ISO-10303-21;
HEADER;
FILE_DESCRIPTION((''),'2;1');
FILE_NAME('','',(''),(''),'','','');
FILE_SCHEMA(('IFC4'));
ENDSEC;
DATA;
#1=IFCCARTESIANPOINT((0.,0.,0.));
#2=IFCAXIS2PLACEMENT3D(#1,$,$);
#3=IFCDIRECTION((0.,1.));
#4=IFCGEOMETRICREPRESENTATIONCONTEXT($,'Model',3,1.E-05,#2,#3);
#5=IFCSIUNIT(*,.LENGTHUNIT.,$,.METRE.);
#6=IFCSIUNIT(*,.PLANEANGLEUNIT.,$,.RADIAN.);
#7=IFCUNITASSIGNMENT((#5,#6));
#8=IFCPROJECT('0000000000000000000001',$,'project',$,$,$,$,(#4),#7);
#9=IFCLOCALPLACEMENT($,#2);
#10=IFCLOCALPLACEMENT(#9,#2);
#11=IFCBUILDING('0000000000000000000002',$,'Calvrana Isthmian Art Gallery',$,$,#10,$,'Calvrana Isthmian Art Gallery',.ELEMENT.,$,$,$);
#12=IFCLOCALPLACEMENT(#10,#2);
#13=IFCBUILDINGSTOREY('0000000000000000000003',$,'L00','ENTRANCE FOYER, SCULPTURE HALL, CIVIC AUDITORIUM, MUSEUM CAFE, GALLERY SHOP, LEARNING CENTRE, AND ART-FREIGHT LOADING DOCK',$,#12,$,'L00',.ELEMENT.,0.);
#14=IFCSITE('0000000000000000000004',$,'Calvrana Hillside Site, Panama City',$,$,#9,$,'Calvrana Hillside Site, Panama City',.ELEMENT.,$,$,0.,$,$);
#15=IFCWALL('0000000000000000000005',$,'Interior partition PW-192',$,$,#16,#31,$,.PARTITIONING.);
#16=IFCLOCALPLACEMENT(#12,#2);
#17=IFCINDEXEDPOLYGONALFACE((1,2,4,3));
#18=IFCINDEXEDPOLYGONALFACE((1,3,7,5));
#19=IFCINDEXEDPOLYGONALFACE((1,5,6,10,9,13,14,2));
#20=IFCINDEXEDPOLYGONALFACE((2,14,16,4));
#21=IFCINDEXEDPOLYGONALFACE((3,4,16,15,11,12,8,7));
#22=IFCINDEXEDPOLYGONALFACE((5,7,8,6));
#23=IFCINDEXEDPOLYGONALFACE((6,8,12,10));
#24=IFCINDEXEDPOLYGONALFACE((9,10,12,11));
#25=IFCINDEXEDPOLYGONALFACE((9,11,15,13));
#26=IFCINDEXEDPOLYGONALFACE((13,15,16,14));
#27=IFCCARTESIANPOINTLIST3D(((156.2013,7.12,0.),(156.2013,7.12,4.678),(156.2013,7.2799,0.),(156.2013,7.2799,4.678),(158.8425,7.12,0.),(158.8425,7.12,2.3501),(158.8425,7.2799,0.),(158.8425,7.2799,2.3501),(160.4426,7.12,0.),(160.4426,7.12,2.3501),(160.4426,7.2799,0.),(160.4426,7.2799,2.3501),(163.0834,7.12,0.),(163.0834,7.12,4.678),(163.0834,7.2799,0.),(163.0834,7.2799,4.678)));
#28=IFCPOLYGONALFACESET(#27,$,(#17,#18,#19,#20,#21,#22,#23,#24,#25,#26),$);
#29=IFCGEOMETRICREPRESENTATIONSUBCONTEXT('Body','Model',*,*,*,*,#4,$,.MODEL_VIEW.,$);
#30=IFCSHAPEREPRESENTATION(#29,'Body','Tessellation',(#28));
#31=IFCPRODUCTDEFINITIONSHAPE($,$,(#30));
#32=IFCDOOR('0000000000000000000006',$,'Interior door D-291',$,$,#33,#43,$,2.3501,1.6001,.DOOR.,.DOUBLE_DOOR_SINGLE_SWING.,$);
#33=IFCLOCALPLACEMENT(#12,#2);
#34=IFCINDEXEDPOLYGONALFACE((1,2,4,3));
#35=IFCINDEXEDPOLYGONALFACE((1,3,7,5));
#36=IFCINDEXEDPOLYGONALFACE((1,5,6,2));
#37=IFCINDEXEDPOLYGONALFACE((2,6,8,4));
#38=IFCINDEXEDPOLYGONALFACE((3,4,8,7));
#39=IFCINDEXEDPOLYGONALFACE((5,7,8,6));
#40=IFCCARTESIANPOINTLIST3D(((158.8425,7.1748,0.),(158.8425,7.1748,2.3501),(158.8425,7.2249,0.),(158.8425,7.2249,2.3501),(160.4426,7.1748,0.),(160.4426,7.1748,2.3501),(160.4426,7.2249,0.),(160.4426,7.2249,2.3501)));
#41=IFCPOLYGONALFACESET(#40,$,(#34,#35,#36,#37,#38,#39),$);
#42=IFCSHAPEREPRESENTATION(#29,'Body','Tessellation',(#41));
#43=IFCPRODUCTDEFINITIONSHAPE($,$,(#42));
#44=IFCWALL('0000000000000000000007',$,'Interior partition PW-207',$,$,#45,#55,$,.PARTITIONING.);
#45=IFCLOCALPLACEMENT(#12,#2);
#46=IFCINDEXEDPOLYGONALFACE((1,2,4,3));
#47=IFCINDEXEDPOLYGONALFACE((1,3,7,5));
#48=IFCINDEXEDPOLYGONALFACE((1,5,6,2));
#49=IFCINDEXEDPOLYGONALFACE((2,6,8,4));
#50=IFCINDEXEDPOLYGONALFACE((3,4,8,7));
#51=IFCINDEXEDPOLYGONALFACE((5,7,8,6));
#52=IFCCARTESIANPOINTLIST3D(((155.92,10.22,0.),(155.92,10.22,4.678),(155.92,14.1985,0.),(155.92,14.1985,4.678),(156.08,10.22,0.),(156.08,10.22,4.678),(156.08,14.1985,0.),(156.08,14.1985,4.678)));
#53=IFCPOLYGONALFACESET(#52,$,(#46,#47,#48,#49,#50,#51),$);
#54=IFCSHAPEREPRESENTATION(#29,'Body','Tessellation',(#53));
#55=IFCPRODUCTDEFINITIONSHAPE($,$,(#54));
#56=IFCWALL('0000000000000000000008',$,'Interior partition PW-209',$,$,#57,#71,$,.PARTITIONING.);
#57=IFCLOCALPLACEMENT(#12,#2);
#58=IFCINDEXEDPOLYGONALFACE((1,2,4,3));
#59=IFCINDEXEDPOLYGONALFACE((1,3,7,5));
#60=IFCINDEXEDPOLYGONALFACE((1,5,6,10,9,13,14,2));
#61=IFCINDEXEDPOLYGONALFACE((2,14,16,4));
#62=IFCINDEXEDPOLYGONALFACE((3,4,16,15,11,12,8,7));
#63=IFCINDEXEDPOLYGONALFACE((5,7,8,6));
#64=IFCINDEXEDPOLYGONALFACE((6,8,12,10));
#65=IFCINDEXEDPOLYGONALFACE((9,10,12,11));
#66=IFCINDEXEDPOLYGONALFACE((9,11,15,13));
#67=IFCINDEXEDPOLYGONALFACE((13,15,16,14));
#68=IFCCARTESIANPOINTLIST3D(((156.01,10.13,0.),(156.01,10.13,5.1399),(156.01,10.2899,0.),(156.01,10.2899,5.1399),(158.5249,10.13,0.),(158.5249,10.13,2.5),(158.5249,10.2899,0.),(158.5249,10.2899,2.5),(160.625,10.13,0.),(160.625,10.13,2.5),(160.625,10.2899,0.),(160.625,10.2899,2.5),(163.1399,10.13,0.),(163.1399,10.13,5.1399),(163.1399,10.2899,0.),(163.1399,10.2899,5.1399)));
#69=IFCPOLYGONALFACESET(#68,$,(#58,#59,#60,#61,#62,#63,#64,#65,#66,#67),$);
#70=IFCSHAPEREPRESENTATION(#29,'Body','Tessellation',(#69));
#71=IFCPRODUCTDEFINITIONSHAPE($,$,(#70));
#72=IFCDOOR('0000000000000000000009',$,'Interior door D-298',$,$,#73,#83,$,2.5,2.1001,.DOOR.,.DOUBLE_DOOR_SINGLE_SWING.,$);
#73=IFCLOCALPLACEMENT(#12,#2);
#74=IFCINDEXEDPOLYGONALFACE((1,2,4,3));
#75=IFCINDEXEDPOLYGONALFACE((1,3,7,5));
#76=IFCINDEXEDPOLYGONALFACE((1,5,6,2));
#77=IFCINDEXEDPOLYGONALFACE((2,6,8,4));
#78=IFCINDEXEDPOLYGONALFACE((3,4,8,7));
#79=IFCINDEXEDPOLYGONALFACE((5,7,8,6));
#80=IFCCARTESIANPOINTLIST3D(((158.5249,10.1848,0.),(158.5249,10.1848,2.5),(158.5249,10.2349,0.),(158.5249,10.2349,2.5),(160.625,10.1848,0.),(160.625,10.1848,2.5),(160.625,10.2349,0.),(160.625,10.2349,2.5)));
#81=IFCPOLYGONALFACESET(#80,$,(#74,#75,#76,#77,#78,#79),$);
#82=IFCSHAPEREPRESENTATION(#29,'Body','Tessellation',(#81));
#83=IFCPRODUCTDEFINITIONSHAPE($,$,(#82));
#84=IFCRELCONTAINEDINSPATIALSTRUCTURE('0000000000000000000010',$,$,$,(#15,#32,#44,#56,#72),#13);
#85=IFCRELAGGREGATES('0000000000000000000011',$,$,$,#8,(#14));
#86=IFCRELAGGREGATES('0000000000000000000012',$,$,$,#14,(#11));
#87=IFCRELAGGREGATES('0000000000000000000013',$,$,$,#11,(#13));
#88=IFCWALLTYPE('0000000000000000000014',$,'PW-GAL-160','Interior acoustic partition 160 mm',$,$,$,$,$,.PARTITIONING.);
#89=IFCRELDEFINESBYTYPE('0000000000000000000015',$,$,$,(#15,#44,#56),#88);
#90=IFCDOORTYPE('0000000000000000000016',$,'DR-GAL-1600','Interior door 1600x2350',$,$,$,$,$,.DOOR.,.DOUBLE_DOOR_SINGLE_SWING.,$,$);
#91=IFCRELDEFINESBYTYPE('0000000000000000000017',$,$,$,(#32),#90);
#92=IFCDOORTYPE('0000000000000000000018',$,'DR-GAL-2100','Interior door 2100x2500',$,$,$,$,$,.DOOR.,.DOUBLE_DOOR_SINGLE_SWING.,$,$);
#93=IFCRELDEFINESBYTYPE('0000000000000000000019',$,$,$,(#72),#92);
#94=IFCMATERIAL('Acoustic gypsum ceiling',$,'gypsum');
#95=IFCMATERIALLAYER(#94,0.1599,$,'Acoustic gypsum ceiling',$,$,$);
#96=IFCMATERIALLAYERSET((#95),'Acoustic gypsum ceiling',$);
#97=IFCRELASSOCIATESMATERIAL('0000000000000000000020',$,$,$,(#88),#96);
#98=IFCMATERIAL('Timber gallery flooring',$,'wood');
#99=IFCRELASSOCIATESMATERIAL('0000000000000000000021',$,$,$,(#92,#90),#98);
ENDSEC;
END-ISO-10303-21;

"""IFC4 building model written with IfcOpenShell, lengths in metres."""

from ifc_helpers import new_model, si_unit, direction, frame, frame_2d, origin, place, context, subcontext, project, spatial, rectangle, extrude, material, layer, layer_set, type_object, element, fill, save


model = new_model("IFC4")

# Units and contexts
model_context = context("Model", 3, precision=1e-05, world=origin(), true_north=direction((0.0, 1.0)))
body_context = subcontext(model_context, "Body", "Model", "MODEL_VIEW")
ifc_project = project(units=[si_unit("LENGTHUNIT", "METRE"), si_unit("PLANEANGLEUNIT", "RADIAN")], contexts=[model_context])

# Site, building, storey
site_placement = place(None, origin())
site = spatial("IfcSite", under=ifc_project, at=site_placement, Name="Calvrana Hillside Site, Panama City", LongName="Calvrana Hillside Site, Panama City", CompositionType="ELEMENT", RefElevation=0.0)
building_placement = place(site_placement, origin())
building = spatial("IfcBuilding", under=site, at=building_placement, Name="Calvrana Isthmian Art Gallery", LongName="Calvrana Isthmian Art Gallery", CompositionType="ELEMENT")
storey_placement = place(building_placement, origin())
storey = spatial("IfcBuildingStorey", under=building, at=storey_placement, Name="L00", Description="ENTRANCE FOYER, SCULPTURE HALL, CIVIC AUDITORIUM, MUSEUM CAFE, GALLERY SHOP, LEARNING CENTRE, AND ART-FREIGHT LOADING DOCK", LongName="L00", CompositionType="ELEMENT", Elevation=0.0)

# Wall, opening, door
ifc_material_1 = material(Name="Acoustic gypsum ceiling", Category="gypsum")
ifc_layer_1 = layer(ifc_material_1, 0.1599, Name="Acoustic gypsum ceiling")
ifc_layer_set_1 = layer_set([ifc_layer_1], Name="Acoustic gypsum ceiling")
wall_type = type_object("IfcWallType", Name="PW-GAL-160", Description="Interior acoustic partition 160 mm", PredefinedType="PARTITIONING", material=ifc_layer_set_1)
ifc_material_2 = material(Name="Timber gallery flooring", Category="wood")
door_type_1 = type_object("IfcDoorType", Name="DR-GAL-2100", Description="Interior door 2100x2500", OperationType="DOUBLE_DOOR_SINGLE_SWING", PredefinedType="DOOR", material=ifc_material_2)
wall_1_placement = place(storey_placement, frame((156.2014, 7.2, 0.0), z_axis=(0.0, 0.0, 1.0), x_axis=(1.0, 0.0, 0.0)))
wall_1 = element("IfcWall", 1, at=wall_1_placement, inside=storey, type_object=wall_type, Name="Interior partition PW-192", PredefinedType="PARTITIONING", context=body_context, shape_type="SweptSolid", body=[
    extrude(rectangle(XDim=6.8821, YDim=0.1599, at=frame_2d((3.4409, 0.0))), origin(), (0.0, 0.0, 1.0), 4.678),
])
opening_1_placement = place(wall_1_placement, frame((2.6411, 0.0, 0.0)))
opening_1 = element("IfcOpeningElement", 2, at=opening_1_placement, cuts=wall_1, PredefinedType="OPENING", context=body_context, shape_type="SweptSolid", body=[
    extrude(rectangle(XDim=1.6001, YDim=2.3501, at=frame_2d((0.8, 1.175))), frame((0.0, 0.0903, 0.0), z_axis=(0.0, -1.0, 0.0), x_axis=(1.0, 0.0, 0.0)), (0.0, 0.0, 1.0), 0.1804),
])
door_type_2 = type_object("IfcDoorType", Name="DR-GAL-1600", Description="Interior door 1600x2350", OperationType="DOUBLE_DOOR_SINGLE_SWING", PredefinedType="DOOR", material=ifc_material_2)
door_1_placement = place(opening_1_placement, origin())
door_1 = element("IfcDoor", 3, at=door_1_placement, inside=storey, type_object=door_type_2, Name="Interior door D-291", OperationType="DOUBLE_DOOR_SINGLE_SWING", OverallHeight=2.3501, OverallWidth=1.6001, PredefinedType="DOOR", context=body_context, shape_type="SweptSolid", body=[
    extrude(rectangle(XDim=1.6001, YDim=2.3501, at=frame_2d((0.8, 1.175))), frame((0.0, 0.0249, 0.0), z_axis=(0.0, -1.0, 0.0), x_axis=(1.0, 0.0, 0.0)), (0.0, 0.0, 1.0), 0.05),
])
fill(opening_1, door_1)

# Wall
wall_2_placement = place(storey_placement, frame((156.0, 10.22, 0.0), z_axis=(0.0, 0.0, 1.0), x_axis=(0.0, 1.0, 0.0)))
element("IfcWall", 4, at=wall_2_placement, inside=storey, type_object=wall_type, Name="Interior partition PW-207", PredefinedType="PARTITIONING", context=body_context, shape_type="SweptSolid", body=[
    extrude(rectangle(XDim=3.9785, YDim=0.1599, at=frame_2d((1.9893, 0.0))), origin(), (0.0, 0.0, 1.0), 4.678),
])

# Wall, opening, door
wall_3_placement = place(storey_placement, frame((156.01, 10.21, 0.0), z_axis=(0.0, 0.0, 1.0), x_axis=(1.0, 0.0, 0.0)))
wall_3 = element("IfcWall", 5, at=wall_3_placement, inside=storey, type_object=wall_type, Name="Interior partition PW-209", PredefinedType="PARTITIONING", context=body_context, shape_type="SweptSolid", body=[
    extrude(rectangle(XDim=7.1299, YDim=0.1599, at=frame_2d((3.5649, 0.0))), origin(), (0.0, 0.0, 1.0), 5.1399),
])
opening_2_placement = place(wall_3_placement, frame((2.5149, 0.0, 0.0)))
opening_2 = element("IfcOpeningElement", 6, at=opening_2_placement, cuts=wall_3, PredefinedType="OPENING", context=body_context, shape_type="SweptSolid", body=[
    extrude(rectangle(XDim=2.1001, YDim=2.5, at=frame_2d((1.05, 1.25))), frame((0.0, 0.0903, 0.0), z_axis=(0.0, -1.0, 0.0), x_axis=(1.0, 0.0, 0.0)), (0.0, 0.0, 1.0), 0.1804),
])
door_2_placement = place(opening_2_placement, origin())
door_2 = element("IfcDoor", 7, at=door_2_placement, inside=storey, type_object=door_type_1, Name="Interior door D-298", OperationType="DOUBLE_DOOR_SINGLE_SWING", OverallHeight=2.5, OverallWidth=2.1001, PredefinedType="DOOR", context=body_context, shape_type="SweptSolid", body=[
    extrude(rectangle(XDim=2.1001, YDim=2.5, at=frame_2d((1.05, 1.25))), frame((0.0, 0.0249, 0.0), z_axis=(0.0, -1.0, 0.0), x_axis=(1.0, 0.0, 0.0)), (0.0, 0.0, 1.0), 0.05),
])
fill(opening_2, door_2)

save(model, "model.ifc")
